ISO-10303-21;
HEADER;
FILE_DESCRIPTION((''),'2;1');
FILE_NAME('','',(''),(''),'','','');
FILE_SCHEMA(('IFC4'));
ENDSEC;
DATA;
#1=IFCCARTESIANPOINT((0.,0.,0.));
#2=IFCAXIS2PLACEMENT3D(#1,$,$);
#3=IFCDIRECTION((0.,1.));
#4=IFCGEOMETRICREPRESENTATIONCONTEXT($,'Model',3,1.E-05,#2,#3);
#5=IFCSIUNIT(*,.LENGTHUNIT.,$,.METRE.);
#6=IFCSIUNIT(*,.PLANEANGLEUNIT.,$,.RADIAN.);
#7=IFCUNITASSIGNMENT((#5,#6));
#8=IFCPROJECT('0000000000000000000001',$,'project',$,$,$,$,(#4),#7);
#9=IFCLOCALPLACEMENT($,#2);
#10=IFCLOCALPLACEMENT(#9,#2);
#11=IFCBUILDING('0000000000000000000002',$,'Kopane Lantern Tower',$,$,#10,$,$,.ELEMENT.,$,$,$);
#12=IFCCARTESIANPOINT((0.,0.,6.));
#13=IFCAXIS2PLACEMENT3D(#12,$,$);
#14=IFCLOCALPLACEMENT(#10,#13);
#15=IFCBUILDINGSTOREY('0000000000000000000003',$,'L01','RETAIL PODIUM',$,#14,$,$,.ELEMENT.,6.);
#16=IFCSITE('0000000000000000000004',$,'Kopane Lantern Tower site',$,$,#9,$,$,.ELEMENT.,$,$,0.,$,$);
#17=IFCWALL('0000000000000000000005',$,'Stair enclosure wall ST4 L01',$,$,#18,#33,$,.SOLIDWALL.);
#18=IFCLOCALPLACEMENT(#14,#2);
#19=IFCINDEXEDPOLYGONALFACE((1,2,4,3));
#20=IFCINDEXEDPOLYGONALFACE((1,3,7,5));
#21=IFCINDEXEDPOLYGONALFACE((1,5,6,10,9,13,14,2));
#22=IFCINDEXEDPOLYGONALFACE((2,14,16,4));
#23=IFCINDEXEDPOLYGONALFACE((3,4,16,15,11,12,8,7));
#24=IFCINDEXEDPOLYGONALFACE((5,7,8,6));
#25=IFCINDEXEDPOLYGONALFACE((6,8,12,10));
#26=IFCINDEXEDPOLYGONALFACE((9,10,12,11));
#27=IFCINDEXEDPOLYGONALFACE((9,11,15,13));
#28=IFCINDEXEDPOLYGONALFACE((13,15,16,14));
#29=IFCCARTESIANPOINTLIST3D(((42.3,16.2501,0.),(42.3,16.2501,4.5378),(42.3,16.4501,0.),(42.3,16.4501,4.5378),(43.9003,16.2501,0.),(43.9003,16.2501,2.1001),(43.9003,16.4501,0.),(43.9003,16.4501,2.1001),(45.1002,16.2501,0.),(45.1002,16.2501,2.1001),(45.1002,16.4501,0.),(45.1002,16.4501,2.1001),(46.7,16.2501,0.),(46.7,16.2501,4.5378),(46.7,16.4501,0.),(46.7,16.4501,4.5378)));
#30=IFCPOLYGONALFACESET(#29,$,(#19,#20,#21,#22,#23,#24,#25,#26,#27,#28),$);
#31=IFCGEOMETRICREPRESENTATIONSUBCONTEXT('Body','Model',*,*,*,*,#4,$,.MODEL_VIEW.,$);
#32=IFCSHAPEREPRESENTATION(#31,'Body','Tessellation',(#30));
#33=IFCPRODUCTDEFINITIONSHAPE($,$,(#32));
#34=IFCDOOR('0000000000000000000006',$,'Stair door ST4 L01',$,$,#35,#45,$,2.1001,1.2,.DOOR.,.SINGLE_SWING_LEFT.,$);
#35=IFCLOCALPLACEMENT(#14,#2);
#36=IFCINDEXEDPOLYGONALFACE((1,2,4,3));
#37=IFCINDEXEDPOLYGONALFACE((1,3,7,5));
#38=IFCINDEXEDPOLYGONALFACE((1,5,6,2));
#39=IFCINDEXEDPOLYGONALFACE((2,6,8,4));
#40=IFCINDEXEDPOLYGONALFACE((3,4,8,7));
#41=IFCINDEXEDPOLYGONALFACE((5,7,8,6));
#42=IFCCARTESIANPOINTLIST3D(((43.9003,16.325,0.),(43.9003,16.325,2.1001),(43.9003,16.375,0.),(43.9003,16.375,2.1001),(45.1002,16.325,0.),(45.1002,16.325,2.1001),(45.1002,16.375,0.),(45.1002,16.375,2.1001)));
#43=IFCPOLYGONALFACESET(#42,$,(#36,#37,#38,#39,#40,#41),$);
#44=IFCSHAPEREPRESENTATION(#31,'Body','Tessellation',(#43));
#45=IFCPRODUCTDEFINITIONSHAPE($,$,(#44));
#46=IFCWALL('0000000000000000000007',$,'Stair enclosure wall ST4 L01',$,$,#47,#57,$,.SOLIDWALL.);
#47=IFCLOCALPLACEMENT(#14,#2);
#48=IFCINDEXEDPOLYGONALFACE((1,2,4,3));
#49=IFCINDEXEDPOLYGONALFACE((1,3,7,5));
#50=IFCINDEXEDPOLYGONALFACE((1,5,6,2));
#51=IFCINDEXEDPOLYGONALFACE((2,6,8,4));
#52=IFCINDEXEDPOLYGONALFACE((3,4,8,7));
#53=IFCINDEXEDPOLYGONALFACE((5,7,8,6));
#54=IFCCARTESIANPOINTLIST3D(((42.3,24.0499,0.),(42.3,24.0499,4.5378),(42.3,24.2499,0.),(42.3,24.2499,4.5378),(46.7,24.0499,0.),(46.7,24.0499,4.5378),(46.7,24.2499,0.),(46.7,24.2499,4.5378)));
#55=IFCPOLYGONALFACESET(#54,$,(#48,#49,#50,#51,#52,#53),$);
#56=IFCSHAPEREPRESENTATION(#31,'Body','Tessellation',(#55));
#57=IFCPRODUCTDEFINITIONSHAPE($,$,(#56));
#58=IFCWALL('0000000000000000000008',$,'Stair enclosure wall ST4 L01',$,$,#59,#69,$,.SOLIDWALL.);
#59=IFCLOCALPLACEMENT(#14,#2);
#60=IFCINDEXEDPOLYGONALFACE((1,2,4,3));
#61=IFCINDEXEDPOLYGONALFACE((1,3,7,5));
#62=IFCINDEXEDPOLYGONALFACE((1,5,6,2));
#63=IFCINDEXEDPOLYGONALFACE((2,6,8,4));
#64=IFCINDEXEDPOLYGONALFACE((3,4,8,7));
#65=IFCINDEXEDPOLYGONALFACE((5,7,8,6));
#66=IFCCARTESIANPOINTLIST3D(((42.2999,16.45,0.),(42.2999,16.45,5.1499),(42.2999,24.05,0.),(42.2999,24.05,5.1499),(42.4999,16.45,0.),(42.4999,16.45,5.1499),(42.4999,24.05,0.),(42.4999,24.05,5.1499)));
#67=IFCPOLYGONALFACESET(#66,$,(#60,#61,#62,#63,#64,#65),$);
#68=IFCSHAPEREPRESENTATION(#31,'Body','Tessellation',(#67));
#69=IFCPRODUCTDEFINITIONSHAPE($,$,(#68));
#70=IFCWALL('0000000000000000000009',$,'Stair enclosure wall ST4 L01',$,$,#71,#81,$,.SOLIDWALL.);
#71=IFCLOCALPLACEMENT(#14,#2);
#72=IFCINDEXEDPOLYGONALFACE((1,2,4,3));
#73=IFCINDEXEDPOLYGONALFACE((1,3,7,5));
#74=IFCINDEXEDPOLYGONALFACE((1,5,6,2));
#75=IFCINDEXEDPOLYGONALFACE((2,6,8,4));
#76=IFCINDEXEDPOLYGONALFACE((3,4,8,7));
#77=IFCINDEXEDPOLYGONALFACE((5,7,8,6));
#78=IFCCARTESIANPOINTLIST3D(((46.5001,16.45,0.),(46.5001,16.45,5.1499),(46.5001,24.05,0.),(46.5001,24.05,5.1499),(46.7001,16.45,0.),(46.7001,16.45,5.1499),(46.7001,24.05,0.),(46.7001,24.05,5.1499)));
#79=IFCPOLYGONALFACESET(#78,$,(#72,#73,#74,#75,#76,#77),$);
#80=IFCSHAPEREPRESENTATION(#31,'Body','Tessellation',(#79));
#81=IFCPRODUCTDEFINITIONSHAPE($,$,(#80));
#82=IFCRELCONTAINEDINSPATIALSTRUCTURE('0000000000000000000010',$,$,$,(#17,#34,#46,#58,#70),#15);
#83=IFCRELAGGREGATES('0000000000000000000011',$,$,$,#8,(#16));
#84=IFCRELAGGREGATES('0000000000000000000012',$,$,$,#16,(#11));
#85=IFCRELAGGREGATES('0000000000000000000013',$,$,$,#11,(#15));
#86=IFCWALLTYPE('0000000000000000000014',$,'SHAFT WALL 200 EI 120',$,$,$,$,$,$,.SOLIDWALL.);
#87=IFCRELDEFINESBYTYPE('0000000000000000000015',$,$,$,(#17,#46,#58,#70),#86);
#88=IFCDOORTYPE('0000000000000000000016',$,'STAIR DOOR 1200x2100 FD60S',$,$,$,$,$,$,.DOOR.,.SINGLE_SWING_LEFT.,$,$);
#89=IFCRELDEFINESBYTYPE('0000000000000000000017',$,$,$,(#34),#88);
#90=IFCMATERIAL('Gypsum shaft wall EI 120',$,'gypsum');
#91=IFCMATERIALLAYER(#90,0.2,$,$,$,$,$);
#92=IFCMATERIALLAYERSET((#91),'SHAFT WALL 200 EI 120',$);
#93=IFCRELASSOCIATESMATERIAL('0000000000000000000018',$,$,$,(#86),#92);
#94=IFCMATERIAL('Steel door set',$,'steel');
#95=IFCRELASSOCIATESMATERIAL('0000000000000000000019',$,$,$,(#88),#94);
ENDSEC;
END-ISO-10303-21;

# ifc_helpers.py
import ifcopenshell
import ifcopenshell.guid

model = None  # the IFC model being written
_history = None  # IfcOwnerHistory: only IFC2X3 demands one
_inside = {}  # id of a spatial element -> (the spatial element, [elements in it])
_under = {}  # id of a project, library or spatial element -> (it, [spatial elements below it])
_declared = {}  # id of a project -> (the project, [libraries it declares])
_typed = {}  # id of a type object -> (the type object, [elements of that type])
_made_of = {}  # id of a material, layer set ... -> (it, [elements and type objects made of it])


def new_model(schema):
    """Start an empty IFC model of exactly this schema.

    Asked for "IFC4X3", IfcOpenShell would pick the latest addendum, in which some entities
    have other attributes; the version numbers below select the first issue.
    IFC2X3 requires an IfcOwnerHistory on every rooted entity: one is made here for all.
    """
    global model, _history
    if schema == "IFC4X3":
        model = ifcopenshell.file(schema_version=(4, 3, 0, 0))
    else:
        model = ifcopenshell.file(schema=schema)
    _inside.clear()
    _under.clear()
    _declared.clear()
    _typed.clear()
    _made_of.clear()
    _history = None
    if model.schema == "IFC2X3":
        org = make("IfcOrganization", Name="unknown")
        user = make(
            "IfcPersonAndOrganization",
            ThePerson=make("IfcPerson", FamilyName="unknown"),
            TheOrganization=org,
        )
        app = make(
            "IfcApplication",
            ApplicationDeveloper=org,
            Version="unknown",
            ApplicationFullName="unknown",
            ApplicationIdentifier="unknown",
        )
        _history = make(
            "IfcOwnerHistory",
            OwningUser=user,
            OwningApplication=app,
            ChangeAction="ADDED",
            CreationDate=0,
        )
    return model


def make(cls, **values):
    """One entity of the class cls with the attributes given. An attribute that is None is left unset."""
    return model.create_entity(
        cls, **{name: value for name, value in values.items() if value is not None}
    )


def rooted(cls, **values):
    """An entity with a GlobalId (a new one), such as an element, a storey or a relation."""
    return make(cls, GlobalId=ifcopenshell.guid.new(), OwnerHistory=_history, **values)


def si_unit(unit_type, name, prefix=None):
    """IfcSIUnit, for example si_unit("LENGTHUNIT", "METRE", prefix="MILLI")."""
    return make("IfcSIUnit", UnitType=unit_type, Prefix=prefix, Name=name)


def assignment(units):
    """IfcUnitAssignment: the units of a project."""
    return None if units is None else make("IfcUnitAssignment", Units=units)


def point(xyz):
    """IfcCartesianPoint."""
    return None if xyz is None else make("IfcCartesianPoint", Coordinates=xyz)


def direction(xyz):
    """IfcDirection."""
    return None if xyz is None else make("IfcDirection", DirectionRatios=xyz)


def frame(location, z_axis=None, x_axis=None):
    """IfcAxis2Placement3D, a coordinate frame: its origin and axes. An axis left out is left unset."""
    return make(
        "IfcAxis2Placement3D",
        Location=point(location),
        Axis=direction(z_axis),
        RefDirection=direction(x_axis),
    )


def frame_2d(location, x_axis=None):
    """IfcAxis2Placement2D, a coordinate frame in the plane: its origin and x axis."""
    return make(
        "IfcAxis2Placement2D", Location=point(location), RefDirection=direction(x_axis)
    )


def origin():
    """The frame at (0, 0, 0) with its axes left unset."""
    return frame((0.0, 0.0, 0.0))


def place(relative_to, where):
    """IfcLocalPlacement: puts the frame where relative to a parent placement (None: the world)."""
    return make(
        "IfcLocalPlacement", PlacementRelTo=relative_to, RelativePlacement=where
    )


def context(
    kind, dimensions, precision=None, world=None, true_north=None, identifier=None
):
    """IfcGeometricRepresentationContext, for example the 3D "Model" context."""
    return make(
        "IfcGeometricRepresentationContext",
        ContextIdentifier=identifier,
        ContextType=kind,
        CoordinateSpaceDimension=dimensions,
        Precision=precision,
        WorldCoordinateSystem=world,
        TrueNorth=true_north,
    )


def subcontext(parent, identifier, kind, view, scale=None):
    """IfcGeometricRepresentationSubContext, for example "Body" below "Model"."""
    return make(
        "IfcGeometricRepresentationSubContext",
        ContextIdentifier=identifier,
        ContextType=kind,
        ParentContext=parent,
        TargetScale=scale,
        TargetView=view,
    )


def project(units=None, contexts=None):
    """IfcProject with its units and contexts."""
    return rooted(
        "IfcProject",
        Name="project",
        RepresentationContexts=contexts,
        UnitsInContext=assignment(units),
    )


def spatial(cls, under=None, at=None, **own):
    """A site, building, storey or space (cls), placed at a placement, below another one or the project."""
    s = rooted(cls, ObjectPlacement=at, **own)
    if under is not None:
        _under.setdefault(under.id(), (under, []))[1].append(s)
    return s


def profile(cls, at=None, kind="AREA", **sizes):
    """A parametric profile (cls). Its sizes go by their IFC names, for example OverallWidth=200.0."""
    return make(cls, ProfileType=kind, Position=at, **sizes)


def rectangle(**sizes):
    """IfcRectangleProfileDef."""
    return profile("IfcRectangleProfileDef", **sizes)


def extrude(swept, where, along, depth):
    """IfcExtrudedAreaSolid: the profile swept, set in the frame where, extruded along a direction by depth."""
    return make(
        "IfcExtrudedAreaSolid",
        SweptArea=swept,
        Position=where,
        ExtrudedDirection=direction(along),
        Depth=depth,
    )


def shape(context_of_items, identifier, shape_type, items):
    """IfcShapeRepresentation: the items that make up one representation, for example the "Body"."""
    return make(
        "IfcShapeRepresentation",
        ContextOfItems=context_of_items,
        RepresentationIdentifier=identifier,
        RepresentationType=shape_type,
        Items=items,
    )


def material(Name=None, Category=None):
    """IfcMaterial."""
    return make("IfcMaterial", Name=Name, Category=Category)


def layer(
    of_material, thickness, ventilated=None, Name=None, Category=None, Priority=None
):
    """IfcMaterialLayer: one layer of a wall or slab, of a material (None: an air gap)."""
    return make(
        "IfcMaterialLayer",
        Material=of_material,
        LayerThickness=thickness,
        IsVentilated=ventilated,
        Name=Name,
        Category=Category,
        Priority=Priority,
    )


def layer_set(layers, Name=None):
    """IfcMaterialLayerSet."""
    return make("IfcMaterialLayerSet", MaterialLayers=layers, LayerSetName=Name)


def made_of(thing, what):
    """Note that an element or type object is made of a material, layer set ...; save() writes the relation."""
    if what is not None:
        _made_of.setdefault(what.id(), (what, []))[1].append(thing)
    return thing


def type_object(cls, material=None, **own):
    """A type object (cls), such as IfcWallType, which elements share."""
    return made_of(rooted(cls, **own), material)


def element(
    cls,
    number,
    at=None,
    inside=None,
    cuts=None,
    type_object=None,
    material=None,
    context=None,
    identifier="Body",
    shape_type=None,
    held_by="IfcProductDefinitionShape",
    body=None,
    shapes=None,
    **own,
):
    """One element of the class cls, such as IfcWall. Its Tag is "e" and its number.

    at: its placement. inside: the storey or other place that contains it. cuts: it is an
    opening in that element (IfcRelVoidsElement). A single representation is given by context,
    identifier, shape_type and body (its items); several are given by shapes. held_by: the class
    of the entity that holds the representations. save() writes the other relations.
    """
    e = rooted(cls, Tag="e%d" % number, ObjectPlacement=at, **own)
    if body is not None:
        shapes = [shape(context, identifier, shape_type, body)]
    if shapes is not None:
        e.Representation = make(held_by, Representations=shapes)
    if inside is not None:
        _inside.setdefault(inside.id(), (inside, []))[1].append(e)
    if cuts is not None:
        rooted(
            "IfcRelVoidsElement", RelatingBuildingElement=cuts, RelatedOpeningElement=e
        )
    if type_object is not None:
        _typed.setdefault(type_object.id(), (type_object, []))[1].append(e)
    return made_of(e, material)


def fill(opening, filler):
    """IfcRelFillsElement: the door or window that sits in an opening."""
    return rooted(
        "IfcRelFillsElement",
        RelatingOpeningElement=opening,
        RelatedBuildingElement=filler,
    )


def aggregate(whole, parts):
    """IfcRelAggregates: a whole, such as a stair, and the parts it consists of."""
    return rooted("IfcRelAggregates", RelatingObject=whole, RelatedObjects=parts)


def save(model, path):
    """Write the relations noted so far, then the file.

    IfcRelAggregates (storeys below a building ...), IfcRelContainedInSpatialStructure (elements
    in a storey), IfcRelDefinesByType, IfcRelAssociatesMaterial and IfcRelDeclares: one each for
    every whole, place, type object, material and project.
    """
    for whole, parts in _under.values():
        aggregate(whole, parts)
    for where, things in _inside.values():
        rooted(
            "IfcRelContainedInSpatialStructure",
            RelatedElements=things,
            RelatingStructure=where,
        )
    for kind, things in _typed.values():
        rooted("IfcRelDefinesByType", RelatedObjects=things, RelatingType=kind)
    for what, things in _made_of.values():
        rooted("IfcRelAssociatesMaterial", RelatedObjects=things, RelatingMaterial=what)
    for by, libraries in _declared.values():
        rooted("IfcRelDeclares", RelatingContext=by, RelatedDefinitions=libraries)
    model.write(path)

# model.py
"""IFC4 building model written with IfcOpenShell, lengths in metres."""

from ifc_helpers import new_model, si_unit, direction, frame, frame_2d, origin, place, context, subcontext, project, spatial, rectangle, extrude, material, layer, layer_set, type_object, element, fill, save


model = new_model("IFC4")

# Units and contexts
model_context = context("Model", 3, precision=1e-05, world=origin(), true_north=direction((0.0, 1.0)))
body_context = subcontext(model_context, "Body", "Model", "MODEL_VIEW")
ifc_project = project(units=[si_unit("LENGTHUNIT", "METRE"), si_unit("PLANEANGLEUNIT", "RADIAN")], contexts=[model_context])

# Site, building, storey
site_placement = place(None, origin())
site = spatial("IfcSite", under=ifc_project, at=site_placement, Name="Kopane Lantern Tower site", CompositionType="ELEMENT", RefElevation=0.0)
building_placement = place(site_placement, origin())
building = spatial("IfcBuilding", under=site, at=building_placement, Name="Kopane Lantern Tower", CompositionType="ELEMENT")
storey_placement = place(building_placement, frame((0.0, 0.0, 6.0)))
storey = spatial("IfcBuildingStorey", under=building, at=storey_placement, Name="L01", Description="RETAIL PODIUM", CompositionType="ELEMENT", Elevation=6.0)

# Wall, opening, door
ifc_material_1 = material(Name="Gypsum shaft wall EI 120", Category="gypsum")
ifc_layer_1 = layer(ifc_material_1, 0.2)
ifc_layer_set_1 = layer_set([ifc_layer_1], Name="SHAFT WALL 200 EI 120")
wall_type_1 = type_object("IfcWallType", Name="SHAFT WALL 200 EI 120", PredefinedType="SOLIDWALL", material=ifc_layer_set_1)
wall_1_placement = place(storey_placement, frame((42.3, 16.3501, 0.0), z_axis=(0.0, 0.0, 1.0), x_axis=(1.0, 0.0, 0.0)))
wall_1 = element("IfcWall", 1, at=wall_1_placement, inside=storey, type_object=wall_type_1, Name="Stair enclosure wall ST4 L01", PredefinedType="SOLIDWALL", context=body_context, shape_type="SweptSolid", body=[
    extrude(rectangle(XDim=4.3999, YDim=0.2, at=frame_2d((2.2, 0.0))), origin(), (0.0, 0.0, 1.0), 4.5378),
])
opening_placement = place(wall_1_placement, frame((1.6001, 0.0, 0.0)))
opening = element("IfcOpeningElement", 2, at=opening_placement, cuts=wall_1, PredefinedType="OPENING", context=body_context, shape_type="SweptSolid", body=[
    extrude(rectangle(XDim=1.2, YDim=2.1001, at=frame_2d((0.6001, 1.05))), frame((0.0, 0.1099, 0.0), z_axis=(0.0, -1.0, 0.0), x_axis=(1.0, 0.0, 0.0)), (0.0, 0.0, 1.0), 0.22),
])
ifc_material_2 = material(Name="Steel door set", Category="steel")
door_type = type_object("IfcDoorType", Name="STAIR DOOR 1200x2100 FD60S", OperationType="SINGLE_SWING_LEFT", PredefinedType="DOOR", material=ifc_material_2)
door_placement = place(opening_placement, origin())
door = element("IfcDoor", 3, at=door_placement, inside=storey, type_object=door_type, Name="Stair door ST4 L01", OperationType="SINGLE_SWING_LEFT", OverallHeight=2.1001, OverallWidth=1.2, PredefinedType="DOOR", context=body_context, shape_type="SweptSolid", body=[
    extrude(rectangle(XDim=1.2, YDim=2.1001, at=frame_2d((0.6001, 1.05))), frame((0.0, 0.0249, 0.0), z_axis=(0.0, -1.0, 0.0), x_axis=(1.0, 0.0, 0.0)), (0.0, 0.0, 1.0), 0.05),
])
fill(opening, door)

# Walls
wall_2_placement = place(storey_placement, frame((42.3, 24.1499, 0.0), z_axis=(0.0, 0.0, 1.0), x_axis=(1.0, 0.0, 0.0)))
element("IfcWall", 4, at=wall_2_placement, inside=storey, type_object=wall_type_1, Name="Stair enclosure wall ST4 L01", PredefinedType="SOLIDWALL", context=body_context, shape_type="SweptSolid", body=[
    extrude(rectangle(XDim=4.3999, YDim=0.2, at=frame_2d((2.2, 0.0))), origin(), (0.0, 0.0, 1.0), 4.5378),
])
for number, where, z_axis, x_axis, name in (
    (5, (42.3999, 16.45, 0.0), (0.0, 0.0, 1.0), (0.0, 1.0, 0.0), "Stair enclosure wall ST4 L01"),
    (6, (46.6001, 16.45, 0.0), (0.0, 0.0, 1.0), (0.0, 1.0, 0.0), "Stair enclosure wall ST4 L01"),
):
    element("IfcWall", number, at=place(storey_placement, frame(where, z_axis=z_axis, x_axis=x_axis)), inside=storey, type_object=wall_type_1, Name=name, PredefinedType="SOLIDWALL", context=body_context, shape_type="SweptSolid", body=[
        extrude(rectangle(XDim=7.6001, YDim=0.2, at=frame_2d((3.8, 0.0))), origin(), (0.0, 0.0, 1.0), 5.1499),
    ])

save(model, "model.ifc")
